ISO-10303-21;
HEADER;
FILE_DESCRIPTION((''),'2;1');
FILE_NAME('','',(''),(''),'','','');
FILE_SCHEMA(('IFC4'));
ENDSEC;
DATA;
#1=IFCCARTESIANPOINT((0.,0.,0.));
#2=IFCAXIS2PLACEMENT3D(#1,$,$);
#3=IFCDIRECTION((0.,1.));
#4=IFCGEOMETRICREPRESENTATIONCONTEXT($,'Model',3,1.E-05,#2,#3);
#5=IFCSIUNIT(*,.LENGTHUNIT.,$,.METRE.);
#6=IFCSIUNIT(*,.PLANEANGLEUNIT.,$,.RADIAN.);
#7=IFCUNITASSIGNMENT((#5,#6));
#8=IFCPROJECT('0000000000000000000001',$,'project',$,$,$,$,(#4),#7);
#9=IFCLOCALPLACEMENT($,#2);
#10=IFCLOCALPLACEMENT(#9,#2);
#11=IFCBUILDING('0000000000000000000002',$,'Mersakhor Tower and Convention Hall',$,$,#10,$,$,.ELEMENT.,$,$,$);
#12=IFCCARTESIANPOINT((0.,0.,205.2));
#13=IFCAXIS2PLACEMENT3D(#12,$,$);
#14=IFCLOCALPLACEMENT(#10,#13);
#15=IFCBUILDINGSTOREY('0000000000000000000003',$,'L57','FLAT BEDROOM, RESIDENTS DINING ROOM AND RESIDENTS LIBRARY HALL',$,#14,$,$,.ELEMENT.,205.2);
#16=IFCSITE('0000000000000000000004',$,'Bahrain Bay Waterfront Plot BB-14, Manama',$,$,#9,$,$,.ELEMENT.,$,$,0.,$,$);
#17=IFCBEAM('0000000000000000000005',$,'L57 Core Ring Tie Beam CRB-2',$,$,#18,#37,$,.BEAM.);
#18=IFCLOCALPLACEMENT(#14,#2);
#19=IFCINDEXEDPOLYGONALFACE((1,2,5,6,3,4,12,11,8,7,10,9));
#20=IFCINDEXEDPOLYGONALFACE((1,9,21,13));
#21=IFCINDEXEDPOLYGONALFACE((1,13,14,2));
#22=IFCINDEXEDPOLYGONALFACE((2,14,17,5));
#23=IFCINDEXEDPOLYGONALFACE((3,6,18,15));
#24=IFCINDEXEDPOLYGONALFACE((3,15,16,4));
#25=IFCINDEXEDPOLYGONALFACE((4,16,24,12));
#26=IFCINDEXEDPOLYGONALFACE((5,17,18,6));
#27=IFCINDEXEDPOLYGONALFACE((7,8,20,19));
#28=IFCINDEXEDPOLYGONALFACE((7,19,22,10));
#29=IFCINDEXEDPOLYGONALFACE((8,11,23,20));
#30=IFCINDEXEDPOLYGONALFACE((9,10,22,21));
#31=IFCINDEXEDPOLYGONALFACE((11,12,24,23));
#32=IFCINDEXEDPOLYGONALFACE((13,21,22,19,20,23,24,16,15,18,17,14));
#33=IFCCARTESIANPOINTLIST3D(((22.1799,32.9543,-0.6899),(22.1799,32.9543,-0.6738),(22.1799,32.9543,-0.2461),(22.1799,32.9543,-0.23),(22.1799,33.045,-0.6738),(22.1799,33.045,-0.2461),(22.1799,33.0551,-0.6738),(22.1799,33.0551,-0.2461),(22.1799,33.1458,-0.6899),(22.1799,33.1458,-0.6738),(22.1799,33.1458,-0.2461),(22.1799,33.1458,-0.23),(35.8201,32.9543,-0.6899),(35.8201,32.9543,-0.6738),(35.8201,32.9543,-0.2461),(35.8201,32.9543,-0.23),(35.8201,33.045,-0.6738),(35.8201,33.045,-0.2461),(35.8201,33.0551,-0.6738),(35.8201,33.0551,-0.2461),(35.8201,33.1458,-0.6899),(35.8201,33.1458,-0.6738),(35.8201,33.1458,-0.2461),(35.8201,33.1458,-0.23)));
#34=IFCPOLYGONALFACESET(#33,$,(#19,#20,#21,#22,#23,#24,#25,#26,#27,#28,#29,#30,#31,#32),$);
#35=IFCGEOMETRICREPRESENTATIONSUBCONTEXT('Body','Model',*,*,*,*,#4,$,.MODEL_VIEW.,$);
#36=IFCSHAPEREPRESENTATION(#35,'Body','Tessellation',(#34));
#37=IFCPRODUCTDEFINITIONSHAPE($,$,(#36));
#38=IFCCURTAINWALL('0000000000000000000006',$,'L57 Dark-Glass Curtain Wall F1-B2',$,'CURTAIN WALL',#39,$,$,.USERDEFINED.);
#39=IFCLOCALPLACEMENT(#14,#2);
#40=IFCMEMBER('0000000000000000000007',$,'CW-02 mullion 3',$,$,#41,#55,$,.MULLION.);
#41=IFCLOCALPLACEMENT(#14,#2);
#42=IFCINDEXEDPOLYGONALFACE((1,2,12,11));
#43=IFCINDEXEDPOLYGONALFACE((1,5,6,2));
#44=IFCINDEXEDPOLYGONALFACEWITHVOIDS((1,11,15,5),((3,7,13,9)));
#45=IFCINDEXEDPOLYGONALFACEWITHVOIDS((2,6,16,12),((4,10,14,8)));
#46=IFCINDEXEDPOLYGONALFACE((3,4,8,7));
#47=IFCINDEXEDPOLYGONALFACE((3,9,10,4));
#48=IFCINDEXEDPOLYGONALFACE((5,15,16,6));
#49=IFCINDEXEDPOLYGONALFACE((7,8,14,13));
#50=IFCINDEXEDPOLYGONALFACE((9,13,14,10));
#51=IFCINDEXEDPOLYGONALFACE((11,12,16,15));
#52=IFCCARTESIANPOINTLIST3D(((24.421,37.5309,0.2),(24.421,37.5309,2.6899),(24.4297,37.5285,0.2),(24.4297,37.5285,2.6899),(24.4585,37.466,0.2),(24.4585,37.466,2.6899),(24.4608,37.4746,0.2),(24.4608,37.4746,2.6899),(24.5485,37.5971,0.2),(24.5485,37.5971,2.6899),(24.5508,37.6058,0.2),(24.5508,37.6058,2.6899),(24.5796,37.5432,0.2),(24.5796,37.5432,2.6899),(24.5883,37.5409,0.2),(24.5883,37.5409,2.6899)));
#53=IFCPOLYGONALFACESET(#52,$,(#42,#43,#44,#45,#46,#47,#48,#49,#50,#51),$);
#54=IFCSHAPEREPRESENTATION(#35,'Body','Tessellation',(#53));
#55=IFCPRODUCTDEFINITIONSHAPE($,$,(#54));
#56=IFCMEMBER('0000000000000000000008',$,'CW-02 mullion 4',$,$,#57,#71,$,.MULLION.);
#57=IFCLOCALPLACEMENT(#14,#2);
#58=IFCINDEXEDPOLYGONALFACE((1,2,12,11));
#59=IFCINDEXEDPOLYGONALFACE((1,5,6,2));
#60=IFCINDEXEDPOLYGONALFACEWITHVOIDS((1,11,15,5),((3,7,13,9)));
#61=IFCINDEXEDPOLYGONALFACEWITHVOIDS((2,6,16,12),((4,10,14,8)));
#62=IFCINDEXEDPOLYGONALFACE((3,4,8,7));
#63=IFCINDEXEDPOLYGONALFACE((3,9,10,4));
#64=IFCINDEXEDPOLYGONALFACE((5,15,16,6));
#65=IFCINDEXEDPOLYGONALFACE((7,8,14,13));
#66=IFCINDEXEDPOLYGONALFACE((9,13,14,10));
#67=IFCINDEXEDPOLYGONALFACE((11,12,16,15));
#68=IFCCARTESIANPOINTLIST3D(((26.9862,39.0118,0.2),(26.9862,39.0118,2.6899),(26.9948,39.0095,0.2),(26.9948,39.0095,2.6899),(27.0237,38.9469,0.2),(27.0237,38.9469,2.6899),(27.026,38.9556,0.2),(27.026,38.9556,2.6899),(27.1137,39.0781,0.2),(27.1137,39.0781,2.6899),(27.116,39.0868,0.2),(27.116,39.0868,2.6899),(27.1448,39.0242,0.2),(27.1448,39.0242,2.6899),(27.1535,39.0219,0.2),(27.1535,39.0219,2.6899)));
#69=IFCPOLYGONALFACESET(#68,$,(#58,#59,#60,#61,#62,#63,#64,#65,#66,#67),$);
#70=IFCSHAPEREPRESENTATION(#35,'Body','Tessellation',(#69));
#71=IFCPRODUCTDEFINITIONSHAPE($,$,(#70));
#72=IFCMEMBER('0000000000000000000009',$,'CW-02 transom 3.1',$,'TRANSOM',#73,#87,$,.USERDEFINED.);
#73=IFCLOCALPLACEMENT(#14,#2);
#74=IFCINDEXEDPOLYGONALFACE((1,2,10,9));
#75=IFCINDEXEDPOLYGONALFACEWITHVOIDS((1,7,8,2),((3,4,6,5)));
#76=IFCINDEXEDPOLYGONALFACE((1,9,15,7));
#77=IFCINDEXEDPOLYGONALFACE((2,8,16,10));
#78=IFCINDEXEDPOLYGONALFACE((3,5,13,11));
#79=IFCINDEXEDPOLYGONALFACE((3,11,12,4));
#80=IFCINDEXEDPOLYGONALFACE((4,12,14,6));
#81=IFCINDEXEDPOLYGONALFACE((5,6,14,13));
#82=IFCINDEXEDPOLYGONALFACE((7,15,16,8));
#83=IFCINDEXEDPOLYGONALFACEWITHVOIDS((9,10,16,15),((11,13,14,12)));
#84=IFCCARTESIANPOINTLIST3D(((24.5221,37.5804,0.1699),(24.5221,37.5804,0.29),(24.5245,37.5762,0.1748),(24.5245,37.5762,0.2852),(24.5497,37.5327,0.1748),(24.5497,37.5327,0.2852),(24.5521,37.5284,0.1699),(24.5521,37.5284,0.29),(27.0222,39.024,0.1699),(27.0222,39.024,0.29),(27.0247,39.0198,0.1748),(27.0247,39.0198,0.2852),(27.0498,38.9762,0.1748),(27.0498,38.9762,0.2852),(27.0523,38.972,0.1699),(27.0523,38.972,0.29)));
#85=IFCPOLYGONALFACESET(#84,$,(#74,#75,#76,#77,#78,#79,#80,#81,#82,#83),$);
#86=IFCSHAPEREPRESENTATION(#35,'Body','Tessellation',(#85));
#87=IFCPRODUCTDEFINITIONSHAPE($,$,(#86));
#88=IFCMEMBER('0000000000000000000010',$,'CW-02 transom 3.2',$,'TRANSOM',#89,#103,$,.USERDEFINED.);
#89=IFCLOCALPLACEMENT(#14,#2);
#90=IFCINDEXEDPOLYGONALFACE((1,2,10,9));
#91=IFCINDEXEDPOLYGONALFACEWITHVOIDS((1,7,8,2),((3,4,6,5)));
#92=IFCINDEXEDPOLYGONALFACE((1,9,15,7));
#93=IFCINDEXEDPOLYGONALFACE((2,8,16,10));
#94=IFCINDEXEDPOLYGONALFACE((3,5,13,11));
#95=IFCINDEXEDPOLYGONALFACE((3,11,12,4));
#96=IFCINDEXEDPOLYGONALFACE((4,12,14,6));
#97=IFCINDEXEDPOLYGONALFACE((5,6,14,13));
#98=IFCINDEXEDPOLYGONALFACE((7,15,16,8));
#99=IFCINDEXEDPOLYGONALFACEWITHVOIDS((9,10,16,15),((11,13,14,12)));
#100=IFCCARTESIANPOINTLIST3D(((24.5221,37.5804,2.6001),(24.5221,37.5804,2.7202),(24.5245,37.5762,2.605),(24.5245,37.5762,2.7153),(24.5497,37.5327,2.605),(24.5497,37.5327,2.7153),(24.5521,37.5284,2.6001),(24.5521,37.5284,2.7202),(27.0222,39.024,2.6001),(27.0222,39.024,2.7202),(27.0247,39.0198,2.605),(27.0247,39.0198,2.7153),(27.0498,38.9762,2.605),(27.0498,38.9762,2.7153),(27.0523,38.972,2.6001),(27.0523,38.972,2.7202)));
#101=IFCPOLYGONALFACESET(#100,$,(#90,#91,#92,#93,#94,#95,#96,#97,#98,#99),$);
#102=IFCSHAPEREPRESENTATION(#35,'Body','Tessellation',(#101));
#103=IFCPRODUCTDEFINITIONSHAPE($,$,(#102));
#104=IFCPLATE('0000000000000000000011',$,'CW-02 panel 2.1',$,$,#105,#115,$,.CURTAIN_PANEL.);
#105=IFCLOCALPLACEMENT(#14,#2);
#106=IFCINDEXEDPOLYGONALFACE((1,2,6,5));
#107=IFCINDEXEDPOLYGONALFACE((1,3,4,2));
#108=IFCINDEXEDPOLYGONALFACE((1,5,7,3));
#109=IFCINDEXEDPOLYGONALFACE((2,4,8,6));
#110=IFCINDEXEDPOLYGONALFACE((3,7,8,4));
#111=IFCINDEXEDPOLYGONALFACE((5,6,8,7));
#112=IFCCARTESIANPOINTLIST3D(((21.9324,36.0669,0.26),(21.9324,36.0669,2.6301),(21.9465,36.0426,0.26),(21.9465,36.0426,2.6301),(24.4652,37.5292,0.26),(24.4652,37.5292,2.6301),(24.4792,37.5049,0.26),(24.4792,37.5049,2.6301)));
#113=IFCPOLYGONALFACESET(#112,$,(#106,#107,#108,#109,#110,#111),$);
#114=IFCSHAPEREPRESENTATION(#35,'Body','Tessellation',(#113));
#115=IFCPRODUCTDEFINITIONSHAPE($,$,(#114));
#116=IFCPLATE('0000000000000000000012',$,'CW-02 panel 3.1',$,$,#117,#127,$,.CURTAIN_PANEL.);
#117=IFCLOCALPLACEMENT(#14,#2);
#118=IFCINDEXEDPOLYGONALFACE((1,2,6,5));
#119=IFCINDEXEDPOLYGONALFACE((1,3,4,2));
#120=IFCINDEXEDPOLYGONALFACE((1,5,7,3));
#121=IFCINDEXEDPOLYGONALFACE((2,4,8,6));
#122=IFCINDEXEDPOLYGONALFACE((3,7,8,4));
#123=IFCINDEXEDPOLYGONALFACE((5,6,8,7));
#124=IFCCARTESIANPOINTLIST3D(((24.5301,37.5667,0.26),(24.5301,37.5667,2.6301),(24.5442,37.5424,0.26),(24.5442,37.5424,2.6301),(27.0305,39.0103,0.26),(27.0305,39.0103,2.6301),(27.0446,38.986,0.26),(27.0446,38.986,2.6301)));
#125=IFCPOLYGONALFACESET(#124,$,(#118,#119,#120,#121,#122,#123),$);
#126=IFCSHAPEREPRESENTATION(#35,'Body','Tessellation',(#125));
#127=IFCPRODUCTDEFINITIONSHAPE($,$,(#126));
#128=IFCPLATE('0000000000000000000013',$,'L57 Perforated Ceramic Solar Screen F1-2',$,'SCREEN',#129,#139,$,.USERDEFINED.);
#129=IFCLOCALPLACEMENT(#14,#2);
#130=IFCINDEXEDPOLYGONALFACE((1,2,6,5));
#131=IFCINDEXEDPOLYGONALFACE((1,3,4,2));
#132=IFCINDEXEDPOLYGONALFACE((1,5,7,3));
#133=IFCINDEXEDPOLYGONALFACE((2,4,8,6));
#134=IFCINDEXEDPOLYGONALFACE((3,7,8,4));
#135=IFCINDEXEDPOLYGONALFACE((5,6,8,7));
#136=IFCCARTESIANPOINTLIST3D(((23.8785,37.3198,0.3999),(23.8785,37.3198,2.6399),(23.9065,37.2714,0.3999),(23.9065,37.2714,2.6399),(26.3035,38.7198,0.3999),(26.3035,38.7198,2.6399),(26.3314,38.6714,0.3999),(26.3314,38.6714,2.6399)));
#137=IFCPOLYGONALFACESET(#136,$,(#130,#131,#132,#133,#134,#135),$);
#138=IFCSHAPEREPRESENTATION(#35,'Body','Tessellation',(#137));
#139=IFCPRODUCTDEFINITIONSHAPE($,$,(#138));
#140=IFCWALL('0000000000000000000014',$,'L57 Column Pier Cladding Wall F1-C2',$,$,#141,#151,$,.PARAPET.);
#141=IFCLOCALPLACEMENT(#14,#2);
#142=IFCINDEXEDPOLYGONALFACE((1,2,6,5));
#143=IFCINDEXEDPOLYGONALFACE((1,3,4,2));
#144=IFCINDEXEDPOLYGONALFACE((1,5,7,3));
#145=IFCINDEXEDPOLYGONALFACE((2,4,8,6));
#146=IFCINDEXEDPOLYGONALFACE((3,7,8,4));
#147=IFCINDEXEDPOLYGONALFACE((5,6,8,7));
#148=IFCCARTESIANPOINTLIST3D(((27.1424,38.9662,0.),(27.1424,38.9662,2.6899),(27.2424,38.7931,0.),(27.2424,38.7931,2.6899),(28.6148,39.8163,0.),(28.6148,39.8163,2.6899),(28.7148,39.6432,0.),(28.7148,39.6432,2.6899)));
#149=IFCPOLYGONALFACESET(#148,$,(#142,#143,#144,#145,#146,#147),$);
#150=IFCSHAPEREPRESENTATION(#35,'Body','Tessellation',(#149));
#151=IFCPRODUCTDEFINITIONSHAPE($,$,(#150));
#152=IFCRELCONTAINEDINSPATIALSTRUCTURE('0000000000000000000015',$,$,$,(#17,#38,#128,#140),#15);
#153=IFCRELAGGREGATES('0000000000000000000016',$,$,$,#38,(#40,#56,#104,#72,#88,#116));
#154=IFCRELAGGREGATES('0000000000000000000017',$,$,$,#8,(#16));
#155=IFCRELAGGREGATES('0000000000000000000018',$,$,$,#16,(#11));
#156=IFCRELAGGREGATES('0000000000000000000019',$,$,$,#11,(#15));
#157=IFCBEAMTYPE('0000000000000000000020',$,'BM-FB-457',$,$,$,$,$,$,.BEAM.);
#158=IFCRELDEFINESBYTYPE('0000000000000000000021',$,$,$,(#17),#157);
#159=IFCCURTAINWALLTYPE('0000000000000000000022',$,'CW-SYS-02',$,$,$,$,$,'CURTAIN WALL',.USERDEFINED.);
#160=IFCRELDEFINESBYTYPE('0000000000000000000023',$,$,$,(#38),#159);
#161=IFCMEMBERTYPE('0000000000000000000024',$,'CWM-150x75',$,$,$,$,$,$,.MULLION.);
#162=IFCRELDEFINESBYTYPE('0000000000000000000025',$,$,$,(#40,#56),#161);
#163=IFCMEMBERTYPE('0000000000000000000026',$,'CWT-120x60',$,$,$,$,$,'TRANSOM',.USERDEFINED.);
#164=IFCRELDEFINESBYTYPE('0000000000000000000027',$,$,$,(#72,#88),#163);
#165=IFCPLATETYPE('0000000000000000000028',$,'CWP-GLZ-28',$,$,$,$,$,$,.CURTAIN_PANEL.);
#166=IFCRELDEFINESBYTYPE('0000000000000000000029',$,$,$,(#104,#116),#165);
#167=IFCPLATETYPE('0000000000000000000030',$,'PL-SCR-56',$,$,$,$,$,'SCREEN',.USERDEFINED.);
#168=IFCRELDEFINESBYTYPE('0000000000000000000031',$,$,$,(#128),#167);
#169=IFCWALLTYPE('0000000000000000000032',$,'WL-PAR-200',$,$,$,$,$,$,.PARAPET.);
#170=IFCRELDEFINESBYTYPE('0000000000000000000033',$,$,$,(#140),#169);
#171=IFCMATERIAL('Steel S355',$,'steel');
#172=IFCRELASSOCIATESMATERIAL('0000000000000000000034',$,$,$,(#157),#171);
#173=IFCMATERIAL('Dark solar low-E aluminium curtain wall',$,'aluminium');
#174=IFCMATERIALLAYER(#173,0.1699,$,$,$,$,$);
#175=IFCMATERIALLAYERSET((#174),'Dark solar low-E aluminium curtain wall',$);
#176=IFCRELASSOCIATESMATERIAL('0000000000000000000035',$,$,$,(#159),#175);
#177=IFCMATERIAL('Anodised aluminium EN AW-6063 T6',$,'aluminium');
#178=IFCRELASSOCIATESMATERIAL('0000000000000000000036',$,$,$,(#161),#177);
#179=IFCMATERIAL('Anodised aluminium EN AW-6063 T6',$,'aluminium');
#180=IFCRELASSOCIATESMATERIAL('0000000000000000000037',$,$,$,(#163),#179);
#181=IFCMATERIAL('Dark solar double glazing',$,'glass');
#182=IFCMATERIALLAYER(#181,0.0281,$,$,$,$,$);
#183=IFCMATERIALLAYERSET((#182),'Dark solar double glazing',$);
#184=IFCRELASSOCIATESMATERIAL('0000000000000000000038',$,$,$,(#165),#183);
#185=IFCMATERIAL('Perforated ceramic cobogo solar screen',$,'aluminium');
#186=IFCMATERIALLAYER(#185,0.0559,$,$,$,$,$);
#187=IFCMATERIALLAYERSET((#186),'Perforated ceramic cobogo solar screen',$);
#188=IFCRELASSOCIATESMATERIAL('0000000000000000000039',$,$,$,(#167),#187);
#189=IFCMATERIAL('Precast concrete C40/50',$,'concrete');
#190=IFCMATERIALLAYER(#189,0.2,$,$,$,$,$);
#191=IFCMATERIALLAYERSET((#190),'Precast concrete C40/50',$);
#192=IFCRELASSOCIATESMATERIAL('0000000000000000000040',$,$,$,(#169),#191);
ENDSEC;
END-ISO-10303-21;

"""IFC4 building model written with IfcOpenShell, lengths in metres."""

from ifc_helpers import new_model, si_unit, direction, frame, frame_2d, origin, origin_2d, place, context, subcontext, project, spatial, rectangle, hollow_rectangle, i_section, extrude, material, layer, layer_set, material_profile, profile_set, type_object, element, aggregate, save


model = new_model("IFC4")

# Units and contexts
model_context = context("Model", 3, precision=1e-05, world=origin(), true_north=direction((0.0, 1.0)))
body_context = subcontext(model_context, "Body", "Model", "MODEL_VIEW")
ifc_project = project(units=[si_unit("LENGTHUNIT", "METRE"), si_unit("PLANEANGLEUNIT", "RADIAN")], contexts=[model_context])

# Site, building, storey
site_placement = place(None, origin())
site = spatial("IfcSite", under=ifc_project, at=site_placement, Name="Bahrain Bay Waterfront Plot BB-14, Manama", CompositionType="ELEMENT", RefElevation=0.0)
building_placement = place(site_placement, origin())
building = spatial("IfcBuilding", under=site, at=building_placement, Name="Mersakhor Tower and Convention Hall", CompositionType="ELEMENT")
storey_placement = place(building_placement, frame((0.0, 0.0, 205.2)))
storey = spatial("IfcBuildingStorey", under=building, at=storey_placement, Name="L57", Description="FLAT BEDROOM, RESIDENTS DINING ROOM AND RESIDENTS LIBRARY HALL", CompositionType="ELEMENT", Elevation=205.2)

# Beam
ifc_material_1 = material(Name="Steel S355", Category="steel")
ifc_material_profile_1 = material_profile(ifc_material_1, i_section(OverallWidth=0.1914, OverallDepth=0.46, WebThickness=0.01, FlangeThickness=0.0161, at=origin_2d()), Name="UB 457x191x82")
ifc_profile_set_1 = profile_set([ifc_material_profile_1], Name="Steel S355")
beam_type = type_object("IfcBeamType", Name="BM-FB-457", PredefinedType="BEAM", material=ifc_profile_set_1)
beam_placement = place(storey_placement, frame((22.1799, 33.05, -0.46), z_axis=(1.0, 0.0, 0.0), x_axis=(0.0, 1.0, 0.0)))
element("IfcBeam", 1, at=beam_placement, inside=storey, type_object=beam_type, Name="L57 Core Ring Tie Beam CRB-2", PredefinedType="BEAM", context=body_context, shape_type="SweptSolid", body=[
    extrude(i_section(OverallWidth=0.1914, OverallDepth=0.46, WebThickness=0.01, FlangeThickness=0.0161, at=origin_2d()), origin(), (0.0, 0.0, 1.0), 13.6401),
])

# Curtain wall, members, plates
ifc_material_2 = material(Name="Dark solar low-E aluminium curtain wall", Category="aluminium")
ifc_layer_1 = layer(ifc_material_2, 0.1699)
ifc_layer_set_1 = layer_set([ifc_layer_1], Name="Dark solar low-E aluminium curtain wall")
curtain_wall_type = type_object("IfcCurtainWallType", Name="CW-SYS-02", ElementType="CURTAIN WALL", PredefinedType="USERDEFINED", material=ifc_layer_set_1)
curtain_wall_placement = place(storey_placement, origin())
curtain_wall = element("IfcCurtainWall", 2, at=curtain_wall_placement, inside=storey, type_object=curtain_wall_type, Name="L57 Dark-Glass Curtain Wall F1-B2", ObjectType="CURTAIN WALL", PredefinedType="USERDEFINED")
ifc_material_3 = material(Name="Anodised aluminium EN AW-6063 T6", Category="aluminium")
ifc_material_profile_2 = material_profile(ifc_material_3, hollow_rectangle(XDim=0.075, YDim=0.1499, WallThickness=0.0063, at=origin_2d()), Name="RHS 150x75x6.3")
ifc_profile_set_2 = profile_set([ifc_material_profile_2], Name="Anodised aluminium EN AW-6063 T6")
member_type_1 = type_object("IfcMemberType", Name="CWM-150x75", PredefinedType="MULLION", material=ifc_profile_set_2)
member_1_placement = place(storey_placement, frame((24.5046, 37.5359, 0.2), z_axis=(0.0, 0.0, 1.0), x_axis=(-0.500008, 0.866021, 0.0)))
member_1 = element("IfcMember", 3, at=member_1_placement, type_object=member_type_1, Name="CW-02 mullion 3", PredefinedType="MULLION", context=body_context, shape_type="SweptSolid", body=[
    extrude(hollow_rectangle(XDim=0.075, YDim=0.1499, WallThickness=0.0063, at=origin_2d()), origin(), (0.0, 0.0, 1.0), 2.49),
])
member_2_placement = place(storey_placement, frame((27.0698, 39.0168, 0.2), z_axis=(0.0, 0.0, 1.0), x_axis=(-0.500008, 0.866021, 0.0)))
member_2 = element("IfcMember", 4, at=member_2_placement, type_object=member_type_1, Name="CW-02 mullion 4", PredefinedType="MULLION", context=body_context, shape_type="SweptSolid", body=[
    extrude(hollow_rectangle(XDim=0.075, YDim=0.1499, WallThickness=0.0063, at=origin_2d()), origin(), (0.0, 0.0, 1.0), 2.49),
])
ifc_material_4 = material(Name="Anodised aluminium EN AW-6063 T6", Category="aluminium")
ifc_material_profile_3 = material_profile(ifc_material_4, hollow_rectangle(XDim=0.0601, YDim=0.1201, WallThickness=0.0049, at=origin_2d()), Name="RHS 120x60x5")
ifc_profile_set_3 = profile_set([ifc_material_profile_3], Name="Anodised aluminium EN AW-6063 T6")
member_type_2 = type_object("IfcMemberType", Name="CWT-120x60", ElementType="TRANSOM", PredefinedType="USERDEFINED", material=ifc_profile_set_3)
member_3_placement = place(storey_placement, frame((24.5371, 37.5544, 0.23), z_axis=(0.866012, 0.500023, 0.0), x_axis=(-0.500023, 0.866012, 0.0)))
member_3 = element("IfcMember", 5, at=member_3_placement, type_object=member_type_2, Name="CW-02 transom 3.1", ObjectType="TRANSOM", PredefinedType="USERDEFINED", context=body_context, shape_type="SweptSolid", body=[
    extrude(hollow_rectangle(XDim=0.0601, YDim=0.1201, WallThickness=0.0049, at=origin_2d()), origin(), (0.0, 0.0, 1.0), 2.887),
])
member_4_placement = place(storey_placement, frame((24.5371, 37.5544, 2.6602), z_axis=(0.866012, 0.500023, 0.0), x_axis=(-0.500023, 0.866012, 0.0)))
member_4 = element("IfcMember", 6, at=member_4_placement, type_object=member_type_2, Name="CW-02 transom 3.2", ObjectType="TRANSOM", PredefinedType="USERDEFINED", context=body_context, shape_type="SweptSolid", body=[
    extrude(hollow_rectangle(XDim=0.0601, YDim=0.1201, WallThickness=0.0049, at=origin_2d()), origin(), (0.0, 0.0, 1.0), 2.887),
])
ifc_material_5 = material(Name="Dark solar double glazing", Category="glass")
ifc_layer_2 = layer(ifc_material_5, 0.0281)
ifc_layer_set_2 = layer_set([ifc_layer_2], Name="Dark solar double glazing")
plate_type_1 = type_object("IfcPlateType", Name="CWP-GLZ-28", PredefinedType="CURTAIN_PANEL", material=ifc_layer_set_2)
plate_1_placement = place(storey_placement, frame((23.2058, 36.7859, 0.26), z_axis=(0.0, 0.0, 1.0), x_axis=(0.866021, 0.500008, 0.0)))
plate_1 = element("IfcPlate", 7, at=plate_1_placement, type_object=plate_type_1, Name="CW-02 panel 2.1", PredefinedType="CURTAIN_PANEL", context=body_context, shape_type="SweptSolid", body=[
    extrude(rectangle(XDim=2.9246, YDim=0.0281, at=origin_2d()), origin(), (0.0, 0.0, 1.0), 2.3701),
])
plate_2_placement = place(storey_placement, frame((25.7874, 38.2764, 0.26), z_axis=(0.0, 0.0, 1.0), x_axis=(0.866021, 0.500008, 0.0)))
plate_2 = element("IfcPlate", 8, at=plate_2_placement, type_object=plate_type_1, Name="CW-02 panel 3.1", PredefinedType="CURTAIN_PANEL", context=body_context, shape_type="SweptSolid", body=[
    extrude(rectangle(XDim=2.8872, YDim=0.0281, at=origin_2d()), origin(), (0.0, 0.0, 1.0), 2.3701),
])
aggregate(curtain_wall, [member_1, member_2, plate_1, member_3, member_4, plate_2])

# Plate
ifc_material_6 = material(Name="Perforated ceramic cobogo solar screen", Category="aluminium")
ifc_layer_3 = layer(ifc_material_6, 0.0559)
ifc_layer_set_3 = layer_set([ifc_layer_3], Name="Perforated ceramic cobogo solar screen")
plate_type_2 = type_object("IfcPlateType", Name="PL-SCR-56", ElementType="SCREEN", PredefinedType="USERDEFINED", material=ifc_layer_set_3)
plate_3_placement = place(storey_placement, frame((25.105, 37.9956, 0.3999), z_axis=(0.0, 0.0, 1.0), x_axis=(0.866025, 0.5, 0.0)))
element("IfcPlate", 9, at=plate_3_placement, inside=storey, type_object=plate_type_2, Name="L57 Perforated Ceramic Solar Screen F1-2", ObjectType="SCREEN", PredefinedType="USERDEFINED", context=body_context, shape_type="SweptSolid", body=[
    extrude(rectangle(XDim=2.8, YDim=0.0559, at=origin_2d()), origin(), (0.0, 0.0, 1.0), 2.24),
])

# Wall
ifc_material_7 = material(Name="Precast concrete C40/50", Category="concrete")
ifc_layer_4 = layer(ifc_material_7, 0.2)
ifc_layer_set_4 = layer_set([ifc_layer_4], Name="Precast concrete C40/50")
wall_type_1 = type_object("IfcWallType", Name="WL-PAR-200", PredefinedType="PARAPET", material=ifc_layer_set_4)
wall_1_placement = place(storey_placement, frame((27.1924, 38.8796, 0.0), z_axis=(0.0, 0.0, 1.0), x_axis=(0.866025, 0.5, 0.0)))
element("IfcWall", 10, at=wall_1_placement, inside=storey, type_object=wall_type_1, Name="L57 Column Pier Cladding Wall F1-C2", PredefinedType="PARAPET", context=body_context, shape_type="SweptSolid", body=[
    extrude(rectangle(XDim=1.7002, YDim=0.2, at=frame_2d((0.8501, 0.0))), origin(), (0.0, 0.0, 1.0), 2.6899),
])

save(model, "model.ifc")
